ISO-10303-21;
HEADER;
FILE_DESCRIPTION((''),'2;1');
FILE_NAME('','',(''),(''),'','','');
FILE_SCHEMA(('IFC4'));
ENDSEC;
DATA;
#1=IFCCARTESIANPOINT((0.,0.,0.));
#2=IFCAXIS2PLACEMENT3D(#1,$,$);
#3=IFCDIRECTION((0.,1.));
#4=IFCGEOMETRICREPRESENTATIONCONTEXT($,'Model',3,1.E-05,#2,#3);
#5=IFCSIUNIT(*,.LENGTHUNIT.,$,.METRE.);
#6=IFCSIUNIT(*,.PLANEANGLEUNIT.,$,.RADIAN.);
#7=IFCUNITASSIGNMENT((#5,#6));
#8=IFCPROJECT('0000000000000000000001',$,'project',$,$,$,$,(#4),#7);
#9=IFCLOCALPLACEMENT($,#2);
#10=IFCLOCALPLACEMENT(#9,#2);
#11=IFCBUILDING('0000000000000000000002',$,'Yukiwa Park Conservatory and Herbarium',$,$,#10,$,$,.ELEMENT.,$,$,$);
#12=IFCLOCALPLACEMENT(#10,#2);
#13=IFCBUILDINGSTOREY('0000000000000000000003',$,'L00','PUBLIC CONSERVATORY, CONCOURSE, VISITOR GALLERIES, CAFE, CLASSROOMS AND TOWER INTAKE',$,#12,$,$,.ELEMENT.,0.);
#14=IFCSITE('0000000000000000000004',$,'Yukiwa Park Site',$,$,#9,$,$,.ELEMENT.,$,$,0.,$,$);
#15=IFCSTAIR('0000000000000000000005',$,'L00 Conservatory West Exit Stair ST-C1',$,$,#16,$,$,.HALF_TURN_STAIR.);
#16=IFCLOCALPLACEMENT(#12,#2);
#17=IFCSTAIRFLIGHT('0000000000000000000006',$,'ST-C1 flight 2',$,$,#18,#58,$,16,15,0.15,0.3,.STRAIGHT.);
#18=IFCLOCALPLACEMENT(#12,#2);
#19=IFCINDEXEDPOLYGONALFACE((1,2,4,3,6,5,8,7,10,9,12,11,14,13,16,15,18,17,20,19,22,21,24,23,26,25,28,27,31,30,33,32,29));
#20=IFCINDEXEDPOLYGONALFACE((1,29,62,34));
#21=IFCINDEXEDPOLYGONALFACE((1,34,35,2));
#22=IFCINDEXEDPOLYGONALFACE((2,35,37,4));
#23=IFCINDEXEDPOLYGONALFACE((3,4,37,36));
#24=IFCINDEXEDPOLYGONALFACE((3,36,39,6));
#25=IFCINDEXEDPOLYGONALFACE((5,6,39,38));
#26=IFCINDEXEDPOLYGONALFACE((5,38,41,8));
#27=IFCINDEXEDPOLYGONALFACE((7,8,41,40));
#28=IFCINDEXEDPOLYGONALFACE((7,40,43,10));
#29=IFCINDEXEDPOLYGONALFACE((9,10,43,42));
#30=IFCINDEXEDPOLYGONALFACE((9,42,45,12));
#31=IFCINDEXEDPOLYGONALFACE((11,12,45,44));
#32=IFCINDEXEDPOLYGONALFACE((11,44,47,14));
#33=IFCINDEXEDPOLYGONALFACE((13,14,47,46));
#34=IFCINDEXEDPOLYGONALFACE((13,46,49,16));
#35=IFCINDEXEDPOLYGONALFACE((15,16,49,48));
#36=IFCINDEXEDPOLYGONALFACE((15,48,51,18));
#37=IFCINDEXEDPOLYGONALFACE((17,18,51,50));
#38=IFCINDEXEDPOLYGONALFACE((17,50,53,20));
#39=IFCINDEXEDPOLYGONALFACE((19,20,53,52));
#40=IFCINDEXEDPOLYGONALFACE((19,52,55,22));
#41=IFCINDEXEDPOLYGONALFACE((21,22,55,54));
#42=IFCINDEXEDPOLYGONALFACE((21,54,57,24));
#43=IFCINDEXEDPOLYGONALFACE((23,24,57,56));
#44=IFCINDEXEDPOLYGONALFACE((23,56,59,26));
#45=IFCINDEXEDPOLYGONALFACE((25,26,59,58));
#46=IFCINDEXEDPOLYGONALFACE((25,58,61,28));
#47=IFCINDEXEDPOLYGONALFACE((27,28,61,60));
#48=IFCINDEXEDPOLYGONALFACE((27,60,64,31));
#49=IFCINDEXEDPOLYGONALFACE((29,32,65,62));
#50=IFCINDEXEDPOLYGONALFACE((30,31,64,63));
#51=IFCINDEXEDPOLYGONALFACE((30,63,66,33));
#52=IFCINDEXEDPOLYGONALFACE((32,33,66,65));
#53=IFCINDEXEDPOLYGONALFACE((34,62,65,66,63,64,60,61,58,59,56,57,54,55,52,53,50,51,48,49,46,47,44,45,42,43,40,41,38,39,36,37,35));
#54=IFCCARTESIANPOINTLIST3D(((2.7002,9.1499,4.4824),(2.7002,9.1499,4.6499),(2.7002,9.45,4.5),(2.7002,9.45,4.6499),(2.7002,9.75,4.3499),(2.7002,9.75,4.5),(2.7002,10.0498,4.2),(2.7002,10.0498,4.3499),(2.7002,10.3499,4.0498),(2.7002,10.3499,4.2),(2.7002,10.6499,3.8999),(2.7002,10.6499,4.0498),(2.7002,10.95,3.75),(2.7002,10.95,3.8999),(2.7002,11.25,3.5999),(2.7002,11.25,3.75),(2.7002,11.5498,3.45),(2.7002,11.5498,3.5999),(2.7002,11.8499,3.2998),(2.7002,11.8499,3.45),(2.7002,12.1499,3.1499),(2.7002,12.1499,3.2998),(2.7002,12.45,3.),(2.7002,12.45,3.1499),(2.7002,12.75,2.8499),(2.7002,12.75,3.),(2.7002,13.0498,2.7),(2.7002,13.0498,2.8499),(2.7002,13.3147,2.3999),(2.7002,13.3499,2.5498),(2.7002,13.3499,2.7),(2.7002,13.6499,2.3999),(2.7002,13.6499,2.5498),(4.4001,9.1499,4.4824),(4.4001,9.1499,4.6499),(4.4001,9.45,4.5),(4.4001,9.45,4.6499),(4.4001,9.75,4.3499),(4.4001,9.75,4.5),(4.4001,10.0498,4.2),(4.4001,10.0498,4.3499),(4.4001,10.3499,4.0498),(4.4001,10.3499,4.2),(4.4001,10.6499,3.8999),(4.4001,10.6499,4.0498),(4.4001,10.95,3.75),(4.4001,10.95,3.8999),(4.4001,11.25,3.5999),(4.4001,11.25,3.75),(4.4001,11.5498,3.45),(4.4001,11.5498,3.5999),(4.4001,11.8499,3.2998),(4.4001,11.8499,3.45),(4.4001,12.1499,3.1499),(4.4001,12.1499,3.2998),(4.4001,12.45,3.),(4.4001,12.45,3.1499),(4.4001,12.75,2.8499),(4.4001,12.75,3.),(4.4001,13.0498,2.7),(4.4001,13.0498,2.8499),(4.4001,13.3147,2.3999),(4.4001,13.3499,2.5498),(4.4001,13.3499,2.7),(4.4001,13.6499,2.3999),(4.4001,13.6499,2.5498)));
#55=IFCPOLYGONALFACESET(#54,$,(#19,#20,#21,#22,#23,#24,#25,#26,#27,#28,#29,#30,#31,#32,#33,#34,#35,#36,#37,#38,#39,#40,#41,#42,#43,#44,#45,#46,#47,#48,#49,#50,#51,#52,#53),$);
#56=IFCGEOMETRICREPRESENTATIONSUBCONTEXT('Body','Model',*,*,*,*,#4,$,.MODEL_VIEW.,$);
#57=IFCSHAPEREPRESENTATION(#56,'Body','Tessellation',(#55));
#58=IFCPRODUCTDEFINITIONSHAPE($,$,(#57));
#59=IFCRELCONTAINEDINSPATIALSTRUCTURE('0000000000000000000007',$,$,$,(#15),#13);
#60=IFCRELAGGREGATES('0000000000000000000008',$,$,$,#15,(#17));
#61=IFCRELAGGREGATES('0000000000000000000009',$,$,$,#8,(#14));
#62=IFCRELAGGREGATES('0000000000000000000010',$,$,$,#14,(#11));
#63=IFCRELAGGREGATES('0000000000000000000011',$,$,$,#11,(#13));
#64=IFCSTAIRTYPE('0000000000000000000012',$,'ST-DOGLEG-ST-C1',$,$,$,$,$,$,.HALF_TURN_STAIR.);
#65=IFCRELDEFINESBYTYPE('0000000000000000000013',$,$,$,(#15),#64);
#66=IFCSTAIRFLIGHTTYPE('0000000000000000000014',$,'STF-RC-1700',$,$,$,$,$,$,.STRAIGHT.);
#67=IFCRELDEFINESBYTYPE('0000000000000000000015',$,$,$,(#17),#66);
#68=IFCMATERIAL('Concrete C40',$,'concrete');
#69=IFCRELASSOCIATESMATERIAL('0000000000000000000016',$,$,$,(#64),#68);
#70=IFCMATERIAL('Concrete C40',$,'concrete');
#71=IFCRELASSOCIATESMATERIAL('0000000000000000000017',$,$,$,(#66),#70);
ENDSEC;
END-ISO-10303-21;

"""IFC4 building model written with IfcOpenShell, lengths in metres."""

from ifc_helpers import new_model, si_unit, direction, frame, origin, place, context, subcontext, project, spatial, polyline, outline, extrude, material, type_object, element, aggregate, save


model = new_model("IFC4")

# Units and contexts
model_context = context("Model", 3, precision=1e-05, world=origin(), true_north=direction((0.0, 1.0)))
body_context = subcontext(model_context, "Body", "Model", "MODEL_VIEW")
ifc_project = project(units=[si_unit("LENGTHUNIT", "METRE"), si_unit("PLANEANGLEUNIT", "RADIAN")], contexts=[model_context])

# Site, building, storey
site_placement = place(None, origin())
site = spatial("IfcSite", under=ifc_project, at=site_placement, Name="Yukiwa Park Site", CompositionType="ELEMENT", RefElevation=0.0)
building_placement = place(site_placement, origin())
building = spatial("IfcBuilding", under=site, at=building_placement, Name="Yukiwa Park Conservatory and Herbarium", CompositionType="ELEMENT")
storey_placement = place(building_placement, origin())
storey = spatial("IfcBuildingStorey", under=building, at=storey_placement, Name="L00", Description="PUBLIC CONSERVATORY, CONCOURSE, VISITOR GALLERIES, CAFE, CLASSROOMS AND TOWER INTAKE", CompositionType="ELEMENT", Elevation=0.0)

# Stair, stair flight
ifc_material_1 = material(Name="Concrete C40", Category="concrete")
stair_type = type_object("IfcStairType", Name="ST-DOGLEG-ST-C1", PredefinedType="HALF_TURN_STAIR", material=ifc_material_1)
stair_placement = place(storey_placement, origin())
stair = element("IfcStair", 1, at=stair_placement, inside=storey, type_object=stair_type, Name="L00 Conservatory West Exit Stair ST-C1", PredefinedType="HALF_TURN_STAIR")
ifc_material_2 = material(Name="Concrete C40", Category="concrete")
stair_flight_type = type_object("IfcStairFlightType", Name="STF-RC-1700", PredefinedType="STRAIGHT", material=ifc_material_2)
stair_flight_1_placement = place(storey_placement, frame((3.55, 13.6499, 2.3999), z_axis=(0.0, 0.0, 1.0), x_axis=(0.0, -1.0, 0.0)))
stair_flight_1 = element("IfcStairFlight", 2, at=stair_flight_1_placement, type_object=stair_flight_type, Name="ST-C1 flight 2", NumberOfRisers=16, NumberOfTreads=15, PredefinedType="STRAIGHT", RiserHeight=0.15, TreadLength=0.3, context=body_context, shape_type="SweptSolid", body=[
    extrude(outline(polyline([(0.0, 0.0), (0.0, 0.1499), (0.3, 0.1499), (0.3, 0.3), (0.6001, 0.3), (0.6001, 0.45), (0.8999, 0.45), (0.8999, 0.6001), (1.2, 0.6001), (1.2, 0.75), (1.5, 0.75), (1.5, 0.8999), (1.8, 0.8999), (1.8, 1.05), (2.1001, 1.05), (2.1001, 1.2), (2.3999, 1.2), (2.3999, 1.3501), (2.7, 1.3501), (2.7, 1.5), (3.0, 1.5), (3.0, 1.6499), (3.3, 1.6499), (3.3, 1.8), (3.6001, 1.8), (3.6001, 1.95), (3.8999, 1.95), (3.8999, 2.1001), (4.2, 2.1001), (4.2, 2.25), (4.5, 2.25), (4.5, 2.3999), (4.5, 2.0825), (0.3352, 0.0), (0.0, 0.0)])), frame((0.0, 0.8501, 0.0), z_axis=(0.0, -1.0, 0.0), x_axis=(1.0, 0.0, 0.0)), (0.0, 0.0, 1.0), 1.7),
])
aggregate(stair, [stair_flight_1])

save(model, "model.ifc")
